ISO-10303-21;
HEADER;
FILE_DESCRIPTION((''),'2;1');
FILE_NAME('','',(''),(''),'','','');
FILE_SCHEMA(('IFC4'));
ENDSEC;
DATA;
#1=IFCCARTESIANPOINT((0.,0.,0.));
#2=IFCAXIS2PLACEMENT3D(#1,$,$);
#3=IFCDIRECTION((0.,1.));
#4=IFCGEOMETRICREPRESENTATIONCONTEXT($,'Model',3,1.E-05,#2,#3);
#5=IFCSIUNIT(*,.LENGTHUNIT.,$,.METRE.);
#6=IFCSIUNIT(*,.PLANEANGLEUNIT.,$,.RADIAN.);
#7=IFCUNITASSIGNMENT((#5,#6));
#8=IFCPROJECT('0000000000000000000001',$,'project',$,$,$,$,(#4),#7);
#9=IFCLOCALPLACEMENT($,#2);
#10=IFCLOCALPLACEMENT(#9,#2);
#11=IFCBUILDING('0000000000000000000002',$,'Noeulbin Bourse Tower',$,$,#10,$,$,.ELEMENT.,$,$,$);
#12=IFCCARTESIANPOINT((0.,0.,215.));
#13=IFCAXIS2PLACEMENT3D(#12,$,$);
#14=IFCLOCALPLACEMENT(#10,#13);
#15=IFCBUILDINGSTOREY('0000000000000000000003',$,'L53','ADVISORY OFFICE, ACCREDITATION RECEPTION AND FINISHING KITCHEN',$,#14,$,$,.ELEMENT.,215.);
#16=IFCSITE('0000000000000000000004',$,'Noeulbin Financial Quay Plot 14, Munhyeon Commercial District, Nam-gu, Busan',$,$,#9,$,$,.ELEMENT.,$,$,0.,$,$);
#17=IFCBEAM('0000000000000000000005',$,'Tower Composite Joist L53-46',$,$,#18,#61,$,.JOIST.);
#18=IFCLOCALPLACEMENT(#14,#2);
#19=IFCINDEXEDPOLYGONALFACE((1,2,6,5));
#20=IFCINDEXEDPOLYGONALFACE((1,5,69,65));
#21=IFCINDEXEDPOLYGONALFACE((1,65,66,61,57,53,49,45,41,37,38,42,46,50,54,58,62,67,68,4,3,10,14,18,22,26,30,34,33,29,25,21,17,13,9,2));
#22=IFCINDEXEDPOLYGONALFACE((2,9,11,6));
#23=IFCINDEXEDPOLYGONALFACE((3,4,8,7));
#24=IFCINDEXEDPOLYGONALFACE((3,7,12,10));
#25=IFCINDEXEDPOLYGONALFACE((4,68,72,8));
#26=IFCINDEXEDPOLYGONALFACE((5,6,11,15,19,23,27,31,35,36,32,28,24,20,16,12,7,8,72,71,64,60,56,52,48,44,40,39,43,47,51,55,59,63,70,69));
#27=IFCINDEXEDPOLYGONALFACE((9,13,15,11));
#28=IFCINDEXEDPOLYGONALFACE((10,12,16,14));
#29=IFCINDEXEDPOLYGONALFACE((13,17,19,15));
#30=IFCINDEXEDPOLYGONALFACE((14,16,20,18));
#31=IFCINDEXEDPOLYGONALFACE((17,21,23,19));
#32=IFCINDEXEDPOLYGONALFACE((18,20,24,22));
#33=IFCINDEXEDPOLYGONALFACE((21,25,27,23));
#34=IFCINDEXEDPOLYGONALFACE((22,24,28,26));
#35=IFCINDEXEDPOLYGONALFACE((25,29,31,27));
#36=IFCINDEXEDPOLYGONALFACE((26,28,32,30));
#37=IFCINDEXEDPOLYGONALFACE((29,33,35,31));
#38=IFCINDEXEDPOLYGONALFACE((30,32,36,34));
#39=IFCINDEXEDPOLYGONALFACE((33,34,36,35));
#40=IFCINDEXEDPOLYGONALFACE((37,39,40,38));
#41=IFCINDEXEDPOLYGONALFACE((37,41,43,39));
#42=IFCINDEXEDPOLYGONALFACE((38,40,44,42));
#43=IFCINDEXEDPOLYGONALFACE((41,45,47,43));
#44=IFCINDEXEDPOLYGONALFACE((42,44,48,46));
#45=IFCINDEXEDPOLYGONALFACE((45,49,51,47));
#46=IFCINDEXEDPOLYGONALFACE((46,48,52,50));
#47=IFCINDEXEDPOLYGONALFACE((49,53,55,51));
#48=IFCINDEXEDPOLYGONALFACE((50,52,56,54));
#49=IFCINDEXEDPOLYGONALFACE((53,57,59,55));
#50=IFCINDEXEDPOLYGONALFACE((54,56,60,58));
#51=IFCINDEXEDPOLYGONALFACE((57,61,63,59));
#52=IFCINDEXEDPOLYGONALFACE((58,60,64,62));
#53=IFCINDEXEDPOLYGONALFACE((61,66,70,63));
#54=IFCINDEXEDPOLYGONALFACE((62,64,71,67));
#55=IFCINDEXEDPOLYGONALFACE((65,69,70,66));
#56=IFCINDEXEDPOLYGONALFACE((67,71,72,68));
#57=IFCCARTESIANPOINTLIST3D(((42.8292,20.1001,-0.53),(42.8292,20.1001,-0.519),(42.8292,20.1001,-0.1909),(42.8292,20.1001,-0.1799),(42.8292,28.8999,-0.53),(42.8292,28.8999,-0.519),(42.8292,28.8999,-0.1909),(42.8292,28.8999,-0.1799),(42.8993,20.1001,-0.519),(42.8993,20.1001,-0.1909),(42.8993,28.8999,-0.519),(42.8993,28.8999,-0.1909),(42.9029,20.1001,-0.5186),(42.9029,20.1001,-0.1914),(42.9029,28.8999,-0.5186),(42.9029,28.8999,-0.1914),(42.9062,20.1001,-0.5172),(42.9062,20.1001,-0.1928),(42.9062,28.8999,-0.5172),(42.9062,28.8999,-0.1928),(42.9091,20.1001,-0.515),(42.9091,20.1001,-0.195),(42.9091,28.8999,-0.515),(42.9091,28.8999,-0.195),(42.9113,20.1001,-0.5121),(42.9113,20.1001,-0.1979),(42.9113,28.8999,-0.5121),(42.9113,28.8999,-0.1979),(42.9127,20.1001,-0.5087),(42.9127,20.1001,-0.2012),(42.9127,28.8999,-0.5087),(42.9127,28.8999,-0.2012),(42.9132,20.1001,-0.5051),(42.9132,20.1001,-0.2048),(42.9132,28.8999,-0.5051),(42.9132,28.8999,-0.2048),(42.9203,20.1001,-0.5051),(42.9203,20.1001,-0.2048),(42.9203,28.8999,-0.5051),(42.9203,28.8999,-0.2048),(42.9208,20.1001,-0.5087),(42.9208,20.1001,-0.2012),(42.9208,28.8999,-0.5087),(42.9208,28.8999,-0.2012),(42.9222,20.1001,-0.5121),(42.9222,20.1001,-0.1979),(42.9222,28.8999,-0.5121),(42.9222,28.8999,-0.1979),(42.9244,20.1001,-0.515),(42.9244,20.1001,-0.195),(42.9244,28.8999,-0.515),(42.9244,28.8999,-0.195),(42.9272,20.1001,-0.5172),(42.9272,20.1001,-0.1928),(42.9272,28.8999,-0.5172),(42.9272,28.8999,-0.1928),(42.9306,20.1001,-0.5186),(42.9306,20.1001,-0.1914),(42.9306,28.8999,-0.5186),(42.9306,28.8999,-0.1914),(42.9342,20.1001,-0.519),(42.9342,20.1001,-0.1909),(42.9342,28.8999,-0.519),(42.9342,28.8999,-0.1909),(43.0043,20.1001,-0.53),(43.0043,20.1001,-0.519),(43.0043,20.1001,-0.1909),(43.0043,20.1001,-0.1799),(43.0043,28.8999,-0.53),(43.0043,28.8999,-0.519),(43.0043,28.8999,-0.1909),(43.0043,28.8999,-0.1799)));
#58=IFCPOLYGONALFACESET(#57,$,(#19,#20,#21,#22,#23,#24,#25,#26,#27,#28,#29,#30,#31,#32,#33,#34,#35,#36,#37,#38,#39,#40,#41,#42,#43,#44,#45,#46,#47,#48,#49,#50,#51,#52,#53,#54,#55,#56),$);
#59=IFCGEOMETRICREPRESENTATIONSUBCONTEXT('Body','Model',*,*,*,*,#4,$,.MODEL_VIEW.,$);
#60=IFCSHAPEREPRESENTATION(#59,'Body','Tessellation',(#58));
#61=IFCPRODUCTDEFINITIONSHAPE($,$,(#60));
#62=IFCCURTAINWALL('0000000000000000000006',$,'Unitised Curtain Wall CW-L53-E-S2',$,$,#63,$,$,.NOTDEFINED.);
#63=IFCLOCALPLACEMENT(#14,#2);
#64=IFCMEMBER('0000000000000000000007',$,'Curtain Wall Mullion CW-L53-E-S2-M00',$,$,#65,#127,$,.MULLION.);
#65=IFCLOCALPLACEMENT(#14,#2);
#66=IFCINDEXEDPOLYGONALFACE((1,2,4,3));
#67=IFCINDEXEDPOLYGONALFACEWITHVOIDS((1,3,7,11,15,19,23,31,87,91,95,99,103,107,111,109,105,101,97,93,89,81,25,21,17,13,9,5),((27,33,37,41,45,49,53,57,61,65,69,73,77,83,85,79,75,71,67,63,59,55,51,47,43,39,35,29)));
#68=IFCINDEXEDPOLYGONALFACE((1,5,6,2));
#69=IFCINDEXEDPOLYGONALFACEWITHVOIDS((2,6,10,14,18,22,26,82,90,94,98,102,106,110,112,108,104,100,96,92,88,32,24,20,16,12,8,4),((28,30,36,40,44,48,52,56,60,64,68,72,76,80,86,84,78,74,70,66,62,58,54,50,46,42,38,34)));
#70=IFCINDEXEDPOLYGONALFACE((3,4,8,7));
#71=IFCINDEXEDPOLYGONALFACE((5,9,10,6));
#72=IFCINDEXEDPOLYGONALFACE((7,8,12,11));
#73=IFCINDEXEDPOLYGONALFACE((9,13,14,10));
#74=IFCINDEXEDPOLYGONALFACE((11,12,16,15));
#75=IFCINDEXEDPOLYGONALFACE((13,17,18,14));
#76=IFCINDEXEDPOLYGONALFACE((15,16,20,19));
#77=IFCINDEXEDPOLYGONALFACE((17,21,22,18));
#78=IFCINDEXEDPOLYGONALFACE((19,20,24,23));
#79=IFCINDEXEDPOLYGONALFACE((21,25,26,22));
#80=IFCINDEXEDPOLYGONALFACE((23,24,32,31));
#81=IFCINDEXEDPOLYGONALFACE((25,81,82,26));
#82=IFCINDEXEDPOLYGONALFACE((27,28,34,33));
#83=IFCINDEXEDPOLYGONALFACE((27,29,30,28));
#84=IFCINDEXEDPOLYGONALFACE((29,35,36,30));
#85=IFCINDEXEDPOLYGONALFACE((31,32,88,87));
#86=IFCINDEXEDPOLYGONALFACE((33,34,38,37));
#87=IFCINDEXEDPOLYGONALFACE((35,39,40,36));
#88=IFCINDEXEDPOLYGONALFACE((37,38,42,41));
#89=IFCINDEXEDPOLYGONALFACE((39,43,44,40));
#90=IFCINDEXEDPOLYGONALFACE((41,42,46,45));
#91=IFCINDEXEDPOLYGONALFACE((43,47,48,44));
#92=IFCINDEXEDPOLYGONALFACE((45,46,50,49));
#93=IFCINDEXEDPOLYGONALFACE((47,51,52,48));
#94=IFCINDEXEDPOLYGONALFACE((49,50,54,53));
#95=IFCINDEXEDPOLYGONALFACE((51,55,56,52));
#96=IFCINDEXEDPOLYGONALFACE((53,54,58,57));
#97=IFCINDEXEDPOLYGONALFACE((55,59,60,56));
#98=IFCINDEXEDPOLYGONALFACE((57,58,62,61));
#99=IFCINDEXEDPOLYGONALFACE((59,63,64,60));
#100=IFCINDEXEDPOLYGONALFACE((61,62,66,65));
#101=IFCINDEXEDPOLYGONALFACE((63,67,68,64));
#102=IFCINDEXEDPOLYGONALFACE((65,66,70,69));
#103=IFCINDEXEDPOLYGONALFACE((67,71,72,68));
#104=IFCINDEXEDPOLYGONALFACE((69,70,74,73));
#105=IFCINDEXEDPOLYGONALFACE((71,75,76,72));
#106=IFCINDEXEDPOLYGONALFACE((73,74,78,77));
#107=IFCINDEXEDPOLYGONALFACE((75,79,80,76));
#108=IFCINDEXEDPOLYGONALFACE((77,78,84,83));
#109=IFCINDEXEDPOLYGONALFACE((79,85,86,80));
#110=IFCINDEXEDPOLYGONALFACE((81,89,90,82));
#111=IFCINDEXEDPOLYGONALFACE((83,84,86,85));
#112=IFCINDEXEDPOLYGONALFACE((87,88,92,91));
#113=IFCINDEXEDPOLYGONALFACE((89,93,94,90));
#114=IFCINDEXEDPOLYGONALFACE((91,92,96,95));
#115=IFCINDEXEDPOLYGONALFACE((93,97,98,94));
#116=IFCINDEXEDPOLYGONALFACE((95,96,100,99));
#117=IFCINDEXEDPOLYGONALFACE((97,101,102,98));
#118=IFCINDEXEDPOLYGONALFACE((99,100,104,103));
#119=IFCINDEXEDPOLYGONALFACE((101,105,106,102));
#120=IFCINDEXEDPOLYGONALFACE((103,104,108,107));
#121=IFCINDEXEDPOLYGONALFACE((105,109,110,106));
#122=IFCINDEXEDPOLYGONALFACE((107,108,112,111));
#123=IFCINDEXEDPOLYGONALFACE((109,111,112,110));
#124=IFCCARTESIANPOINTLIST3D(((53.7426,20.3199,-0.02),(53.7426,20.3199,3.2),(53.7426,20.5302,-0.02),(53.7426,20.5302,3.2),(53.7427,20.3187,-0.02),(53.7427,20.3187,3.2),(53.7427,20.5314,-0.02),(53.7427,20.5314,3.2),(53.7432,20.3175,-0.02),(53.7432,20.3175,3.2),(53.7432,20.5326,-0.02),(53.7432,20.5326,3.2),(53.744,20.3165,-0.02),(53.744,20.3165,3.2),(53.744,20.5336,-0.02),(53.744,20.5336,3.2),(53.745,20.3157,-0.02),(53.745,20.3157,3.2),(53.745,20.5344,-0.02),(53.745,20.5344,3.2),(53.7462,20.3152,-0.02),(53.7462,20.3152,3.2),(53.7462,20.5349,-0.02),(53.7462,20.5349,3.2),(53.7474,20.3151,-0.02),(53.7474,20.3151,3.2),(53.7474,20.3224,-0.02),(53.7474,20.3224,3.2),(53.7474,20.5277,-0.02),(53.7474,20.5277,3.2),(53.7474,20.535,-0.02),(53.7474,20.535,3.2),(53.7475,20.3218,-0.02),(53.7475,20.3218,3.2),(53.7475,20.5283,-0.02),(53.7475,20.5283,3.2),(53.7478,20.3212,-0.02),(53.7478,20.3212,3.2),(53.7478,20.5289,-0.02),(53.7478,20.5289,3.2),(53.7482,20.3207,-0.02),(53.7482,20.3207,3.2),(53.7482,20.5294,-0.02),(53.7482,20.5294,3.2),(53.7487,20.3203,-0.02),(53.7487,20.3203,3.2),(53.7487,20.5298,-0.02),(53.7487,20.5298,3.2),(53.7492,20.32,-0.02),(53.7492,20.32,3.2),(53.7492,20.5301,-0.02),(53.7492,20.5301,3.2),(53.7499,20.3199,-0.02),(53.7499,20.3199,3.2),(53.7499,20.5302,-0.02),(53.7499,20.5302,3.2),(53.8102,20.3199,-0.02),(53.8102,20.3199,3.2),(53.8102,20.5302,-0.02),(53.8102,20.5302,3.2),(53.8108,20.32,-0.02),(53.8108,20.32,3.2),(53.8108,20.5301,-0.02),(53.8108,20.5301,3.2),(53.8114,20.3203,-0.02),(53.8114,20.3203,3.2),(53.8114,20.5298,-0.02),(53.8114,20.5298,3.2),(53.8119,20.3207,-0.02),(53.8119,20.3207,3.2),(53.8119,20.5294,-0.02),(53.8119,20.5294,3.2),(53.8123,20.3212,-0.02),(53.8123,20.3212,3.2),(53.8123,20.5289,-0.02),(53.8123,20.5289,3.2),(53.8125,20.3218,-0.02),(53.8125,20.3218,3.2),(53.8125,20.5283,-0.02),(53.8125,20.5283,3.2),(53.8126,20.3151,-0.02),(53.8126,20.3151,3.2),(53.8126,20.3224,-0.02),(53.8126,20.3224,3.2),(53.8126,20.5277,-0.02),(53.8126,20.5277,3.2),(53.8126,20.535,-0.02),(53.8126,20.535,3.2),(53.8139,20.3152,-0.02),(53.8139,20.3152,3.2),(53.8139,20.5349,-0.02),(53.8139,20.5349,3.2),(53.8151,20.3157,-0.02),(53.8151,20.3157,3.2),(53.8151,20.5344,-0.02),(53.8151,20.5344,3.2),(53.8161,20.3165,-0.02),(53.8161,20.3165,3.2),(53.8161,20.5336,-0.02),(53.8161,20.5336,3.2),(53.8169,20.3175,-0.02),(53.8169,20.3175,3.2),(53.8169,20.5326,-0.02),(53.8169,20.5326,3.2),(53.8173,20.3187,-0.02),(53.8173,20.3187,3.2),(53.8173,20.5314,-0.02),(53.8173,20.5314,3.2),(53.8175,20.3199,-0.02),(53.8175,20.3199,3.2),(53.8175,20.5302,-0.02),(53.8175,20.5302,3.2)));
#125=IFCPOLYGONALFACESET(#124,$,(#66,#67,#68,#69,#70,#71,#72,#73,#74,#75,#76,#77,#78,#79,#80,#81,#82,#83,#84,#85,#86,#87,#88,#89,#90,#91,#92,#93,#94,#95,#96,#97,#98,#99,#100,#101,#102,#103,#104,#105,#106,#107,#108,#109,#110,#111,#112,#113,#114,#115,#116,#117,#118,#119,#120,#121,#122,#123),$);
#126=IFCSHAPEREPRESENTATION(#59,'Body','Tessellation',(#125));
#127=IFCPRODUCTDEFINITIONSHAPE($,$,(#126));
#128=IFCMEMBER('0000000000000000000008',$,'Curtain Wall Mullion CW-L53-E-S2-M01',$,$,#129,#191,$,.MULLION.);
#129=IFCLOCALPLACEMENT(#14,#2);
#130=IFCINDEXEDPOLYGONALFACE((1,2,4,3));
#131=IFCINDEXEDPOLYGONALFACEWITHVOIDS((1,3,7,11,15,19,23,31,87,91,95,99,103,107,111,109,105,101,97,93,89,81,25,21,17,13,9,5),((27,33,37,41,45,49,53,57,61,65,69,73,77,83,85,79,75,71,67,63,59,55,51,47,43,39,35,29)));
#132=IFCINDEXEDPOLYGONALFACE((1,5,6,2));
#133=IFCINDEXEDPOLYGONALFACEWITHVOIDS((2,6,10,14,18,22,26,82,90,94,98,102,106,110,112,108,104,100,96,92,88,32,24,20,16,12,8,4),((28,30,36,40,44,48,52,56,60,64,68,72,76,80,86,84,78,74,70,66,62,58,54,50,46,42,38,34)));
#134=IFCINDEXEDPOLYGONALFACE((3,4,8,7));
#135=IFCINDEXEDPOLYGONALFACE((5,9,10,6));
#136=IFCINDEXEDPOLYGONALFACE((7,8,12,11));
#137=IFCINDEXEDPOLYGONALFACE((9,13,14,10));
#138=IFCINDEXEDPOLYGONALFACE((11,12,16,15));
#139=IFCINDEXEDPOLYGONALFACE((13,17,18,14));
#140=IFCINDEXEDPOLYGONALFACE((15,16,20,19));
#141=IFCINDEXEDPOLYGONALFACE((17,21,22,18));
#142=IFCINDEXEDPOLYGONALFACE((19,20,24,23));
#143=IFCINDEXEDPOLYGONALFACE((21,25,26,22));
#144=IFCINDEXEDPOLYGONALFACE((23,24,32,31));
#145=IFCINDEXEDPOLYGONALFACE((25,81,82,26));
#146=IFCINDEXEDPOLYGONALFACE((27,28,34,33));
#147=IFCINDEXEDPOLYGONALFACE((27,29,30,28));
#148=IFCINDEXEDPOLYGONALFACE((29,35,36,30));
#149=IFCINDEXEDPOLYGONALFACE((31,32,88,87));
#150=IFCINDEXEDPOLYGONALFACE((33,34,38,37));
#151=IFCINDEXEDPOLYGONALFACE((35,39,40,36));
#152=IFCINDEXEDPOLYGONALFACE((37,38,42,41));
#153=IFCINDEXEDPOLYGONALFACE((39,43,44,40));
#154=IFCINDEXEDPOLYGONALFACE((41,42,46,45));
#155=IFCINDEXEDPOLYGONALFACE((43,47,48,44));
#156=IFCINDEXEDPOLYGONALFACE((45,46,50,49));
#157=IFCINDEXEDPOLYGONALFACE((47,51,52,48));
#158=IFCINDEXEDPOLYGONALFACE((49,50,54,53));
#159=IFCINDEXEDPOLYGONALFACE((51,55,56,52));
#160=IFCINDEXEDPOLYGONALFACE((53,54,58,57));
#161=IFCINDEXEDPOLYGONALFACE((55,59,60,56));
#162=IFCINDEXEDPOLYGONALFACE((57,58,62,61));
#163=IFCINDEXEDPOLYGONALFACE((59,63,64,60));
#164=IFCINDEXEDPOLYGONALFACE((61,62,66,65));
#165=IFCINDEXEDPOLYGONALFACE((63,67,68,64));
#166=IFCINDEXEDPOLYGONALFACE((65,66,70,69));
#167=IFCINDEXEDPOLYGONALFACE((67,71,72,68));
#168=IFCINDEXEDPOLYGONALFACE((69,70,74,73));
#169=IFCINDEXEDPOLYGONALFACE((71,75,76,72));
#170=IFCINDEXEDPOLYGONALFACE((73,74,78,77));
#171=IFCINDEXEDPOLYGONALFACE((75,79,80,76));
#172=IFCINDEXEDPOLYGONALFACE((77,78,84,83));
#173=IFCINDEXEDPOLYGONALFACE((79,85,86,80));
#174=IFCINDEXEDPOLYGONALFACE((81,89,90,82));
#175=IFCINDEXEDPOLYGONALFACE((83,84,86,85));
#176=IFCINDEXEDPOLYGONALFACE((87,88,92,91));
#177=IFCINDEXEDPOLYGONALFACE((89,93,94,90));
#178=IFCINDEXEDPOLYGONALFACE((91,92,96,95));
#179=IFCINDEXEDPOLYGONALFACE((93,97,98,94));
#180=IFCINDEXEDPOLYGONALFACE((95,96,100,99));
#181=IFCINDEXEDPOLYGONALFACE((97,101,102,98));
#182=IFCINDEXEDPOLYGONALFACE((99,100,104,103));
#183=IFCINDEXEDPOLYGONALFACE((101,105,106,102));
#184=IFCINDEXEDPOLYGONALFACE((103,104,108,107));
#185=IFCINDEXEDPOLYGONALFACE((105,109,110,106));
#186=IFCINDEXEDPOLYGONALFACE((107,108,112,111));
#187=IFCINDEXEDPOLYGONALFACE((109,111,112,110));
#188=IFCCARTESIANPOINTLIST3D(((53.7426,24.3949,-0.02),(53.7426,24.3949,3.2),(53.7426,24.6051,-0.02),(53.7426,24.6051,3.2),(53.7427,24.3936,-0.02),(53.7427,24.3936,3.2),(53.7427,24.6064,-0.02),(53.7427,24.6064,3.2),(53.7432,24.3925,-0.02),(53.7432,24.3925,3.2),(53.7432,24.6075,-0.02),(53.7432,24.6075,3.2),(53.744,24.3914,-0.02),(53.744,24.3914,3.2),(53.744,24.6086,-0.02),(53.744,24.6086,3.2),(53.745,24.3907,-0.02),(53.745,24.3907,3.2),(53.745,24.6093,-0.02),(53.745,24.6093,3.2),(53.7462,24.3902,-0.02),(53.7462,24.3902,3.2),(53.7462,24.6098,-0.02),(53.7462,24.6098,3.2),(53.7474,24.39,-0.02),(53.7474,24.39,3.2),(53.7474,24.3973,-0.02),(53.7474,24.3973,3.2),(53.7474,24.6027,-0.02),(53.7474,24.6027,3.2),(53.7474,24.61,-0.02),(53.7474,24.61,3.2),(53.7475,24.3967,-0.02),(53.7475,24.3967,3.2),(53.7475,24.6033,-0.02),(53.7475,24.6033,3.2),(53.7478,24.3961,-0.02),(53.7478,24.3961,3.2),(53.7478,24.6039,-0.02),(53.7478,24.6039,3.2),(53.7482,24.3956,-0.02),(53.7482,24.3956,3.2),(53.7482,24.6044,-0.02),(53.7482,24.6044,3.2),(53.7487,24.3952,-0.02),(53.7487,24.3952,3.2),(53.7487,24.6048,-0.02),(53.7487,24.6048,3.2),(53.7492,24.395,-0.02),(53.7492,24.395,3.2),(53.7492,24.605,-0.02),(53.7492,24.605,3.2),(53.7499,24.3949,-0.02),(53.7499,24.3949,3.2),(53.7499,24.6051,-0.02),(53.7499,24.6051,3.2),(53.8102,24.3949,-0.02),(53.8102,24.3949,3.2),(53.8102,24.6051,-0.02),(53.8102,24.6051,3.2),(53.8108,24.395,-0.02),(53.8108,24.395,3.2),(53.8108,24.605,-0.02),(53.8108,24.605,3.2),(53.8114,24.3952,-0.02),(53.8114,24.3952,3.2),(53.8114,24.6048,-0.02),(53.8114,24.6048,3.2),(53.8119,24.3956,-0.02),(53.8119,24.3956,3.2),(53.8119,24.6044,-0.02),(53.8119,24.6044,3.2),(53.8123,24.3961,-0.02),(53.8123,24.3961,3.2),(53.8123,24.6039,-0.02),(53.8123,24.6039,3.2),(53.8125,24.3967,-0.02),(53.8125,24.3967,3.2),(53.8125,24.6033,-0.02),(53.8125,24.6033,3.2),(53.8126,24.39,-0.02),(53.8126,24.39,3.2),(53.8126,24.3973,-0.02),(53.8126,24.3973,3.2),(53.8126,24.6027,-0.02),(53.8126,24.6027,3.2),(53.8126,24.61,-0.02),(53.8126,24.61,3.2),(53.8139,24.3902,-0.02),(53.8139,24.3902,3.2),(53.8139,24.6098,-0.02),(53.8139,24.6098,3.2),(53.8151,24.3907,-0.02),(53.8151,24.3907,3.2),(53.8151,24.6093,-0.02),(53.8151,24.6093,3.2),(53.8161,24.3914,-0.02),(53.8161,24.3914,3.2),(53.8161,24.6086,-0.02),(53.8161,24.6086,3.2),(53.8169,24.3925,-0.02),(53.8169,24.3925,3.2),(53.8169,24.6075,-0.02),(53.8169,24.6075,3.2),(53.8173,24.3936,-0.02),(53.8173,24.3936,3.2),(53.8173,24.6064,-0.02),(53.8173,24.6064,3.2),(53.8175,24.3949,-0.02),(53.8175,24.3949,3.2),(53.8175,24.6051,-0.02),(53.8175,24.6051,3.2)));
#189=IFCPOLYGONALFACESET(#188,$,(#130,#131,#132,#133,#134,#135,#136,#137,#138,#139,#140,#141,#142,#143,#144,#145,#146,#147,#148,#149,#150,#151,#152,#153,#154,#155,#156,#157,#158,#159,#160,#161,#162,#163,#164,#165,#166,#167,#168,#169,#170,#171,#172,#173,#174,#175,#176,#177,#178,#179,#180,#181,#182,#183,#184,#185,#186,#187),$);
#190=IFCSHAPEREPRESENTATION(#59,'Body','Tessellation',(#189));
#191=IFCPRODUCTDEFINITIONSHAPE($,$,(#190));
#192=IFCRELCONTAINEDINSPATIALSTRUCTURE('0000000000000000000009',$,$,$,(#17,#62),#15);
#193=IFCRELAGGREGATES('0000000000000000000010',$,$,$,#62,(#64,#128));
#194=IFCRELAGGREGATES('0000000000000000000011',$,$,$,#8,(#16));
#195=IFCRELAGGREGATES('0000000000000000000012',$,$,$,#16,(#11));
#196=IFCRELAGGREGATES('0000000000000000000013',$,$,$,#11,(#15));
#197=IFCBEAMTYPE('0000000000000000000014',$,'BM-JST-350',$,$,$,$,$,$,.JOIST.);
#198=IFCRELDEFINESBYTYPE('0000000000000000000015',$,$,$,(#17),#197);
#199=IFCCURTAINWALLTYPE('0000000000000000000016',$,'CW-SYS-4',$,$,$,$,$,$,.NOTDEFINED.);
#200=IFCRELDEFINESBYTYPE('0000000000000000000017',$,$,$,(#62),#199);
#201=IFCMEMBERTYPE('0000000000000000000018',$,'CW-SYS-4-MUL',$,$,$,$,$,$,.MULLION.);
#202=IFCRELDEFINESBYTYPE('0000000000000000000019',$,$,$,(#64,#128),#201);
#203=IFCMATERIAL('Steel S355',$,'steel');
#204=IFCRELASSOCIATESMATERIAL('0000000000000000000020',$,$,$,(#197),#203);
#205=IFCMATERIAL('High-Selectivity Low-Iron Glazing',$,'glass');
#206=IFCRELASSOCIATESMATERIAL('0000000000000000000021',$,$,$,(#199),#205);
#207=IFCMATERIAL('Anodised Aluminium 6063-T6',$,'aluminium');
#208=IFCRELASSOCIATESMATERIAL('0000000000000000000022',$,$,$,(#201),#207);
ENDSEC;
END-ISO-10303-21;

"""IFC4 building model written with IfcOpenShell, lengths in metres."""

from ifc_helpers import new_model, si_unit, direction, frame, origin, origin_2d, place, context, subcontext, project, spatial, hollow_rectangle, i_section, extrude, material, material_profile, profile_set, type_object, element, aggregate, save


model = new_model("IFC4")

# Units and contexts
model_context = context("Model", 3, precision=1e-05, world=origin(), true_north=direction((0.0, 1.0)))
body_context = subcontext(model_context, "Body", "Model", "MODEL_VIEW")
ifc_project = project(units=[si_unit("LENGTHUNIT", "METRE"), si_unit("PLANEANGLEUNIT", "RADIAN")], contexts=[model_context])

# Site, building, storey
site_placement = place(None, origin())
site = spatial("IfcSite", under=ifc_project, at=site_placement, Name="Noeulbin Financial Quay Plot 14, Munhyeon Commercial District, Nam-gu, Busan", CompositionType="ELEMENT", RefElevation=0.0)
building_placement = place(site_placement, origin())
building = spatial("IfcBuilding", under=site, at=building_placement, Name="Noeulbin Bourse Tower", CompositionType="ELEMENT")
storey_placement = place(building_placement, frame((0.0, 0.0, 215.0)))
storey = spatial("IfcBuildingStorey", under=building, at=storey_placement, Name="L53", Description="ADVISORY OFFICE, ACCREDITATION RECEPTION AND FINISHING KITCHEN", CompositionType="ELEMENT", Elevation=215.0)

# Shared definitions
ifc_material_1 = material(Name="Steel S355", Category="steel")

# Beam
ifc_material_profile_1 = material_profile(ifc_material_1, i_section(OverallWidth=0.175, OverallDepth=0.3501, WebThickness=0.0071, FlangeThickness=0.011, FilletRadius=0.0139, at=origin_2d()), Name="H-350x175x7x11", Category="LoadBearing")
ifc_profile_set_1 = profile_set([ifc_material_profile_1], Name="Steel S355")
beam_type_1 = type_object("IfcBeamType", Name="BM-JST-350", PredefinedType="JOIST", material=ifc_profile_set_1)
beam_1_placement = place(storey_placement, frame((42.9167, 20.1001, -0.355), z_axis=(0.0, 1.0, 0.0), x_axis=(-1.0, 0.0, 0.0)))
element("IfcBeam", 1, at=beam_1_placement, inside=storey, type_object=beam_type_1, Name="Tower Composite Joist L53-46", PredefinedType="JOIST", context=body_context, shape_type="SweptSolid", body=[
    extrude(i_section(OverallWidth=0.175, OverallDepth=0.3501, WebThickness=0.0071, FlangeThickness=0.011, FilletRadius=0.0139, at=origin_2d()), origin(), (0.0, 0.0, 1.0), 8.7998),
])

# Curtain wall, members
ifc_material_2 = material(Name="High-Selectivity Low-Iron Glazing", Category="glass")
curtain_wall_type = type_object("IfcCurtainWallType", Name="CW-SYS-4", PredefinedType="NOTDEFINED", material=ifc_material_2)
curtain_wall_1_placement = place(storey_placement, origin())
curtain_wall_1 = element("IfcCurtainWall", 2, at=curtain_wall_1_placement, inside=storey, type_object=curtain_wall_type, Name="Unitised Curtain Wall CW-L53-E-S2", PredefinedType="NOTDEFINED")
ifc_material_3 = material(Name="Anodised Aluminium 6063-T6", Category="aluminium")
ifc_material_profile_2 = material_profile(ifc_material_3, hollow_rectangle(XDim=0.075, YDim=0.22, WallThickness=0.0049, InnerFilletRadius=0.0024, OuterFilletRadius=0.0049, at=origin_2d()), Name="ALU-MULL-75x220x5", Category="LoadBearing")
ifc_profile_set_2 = profile_set([ifc_material_profile_2], Name="Anodised Aluminium 6063-T6")
member_type_1 = type_object("IfcMemberType", Name="CW-SYS-4-MUL", PredefinedType="MULLION", material=ifc_profile_set_2)
member_1_placement = place(storey_placement, frame((53.78, 20.425, -0.02), z_axis=(0.0, 0.0, 1.0), x_axis=(1.0, 0.0, 0.0)))
member_1 = element("IfcMember", 3, at=member_1_placement, type_object=member_type_1, Name="Curtain Wall Mullion CW-L53-E-S2-M00", PredefinedType="MULLION", context=body_context, shape_type="SweptSolid", body=[
    extrude(hollow_rectangle(XDim=0.075, YDim=0.22, WallThickness=0.0049, InnerFilletRadius=0.0024, OuterFilletRadius=0.0049, at=origin_2d()), origin(), (0.0, 0.0, 1.0), 3.22),
])
member_2_placement = place(storey_placement, frame((53.78, 24.5, -0.02), z_axis=(0.0, 0.0, 1.0), x_axis=(1.0, 0.0, 0.0)))
member_2 = element("IfcMember", 4, at=member_2_placement, type_object=member_type_1, Name="Curtain Wall Mullion CW-L53-E-S2-M01", PredefinedType="MULLION", context=body_context, shape_type="SweptSolid", body=[
    extrude(hollow_rectangle(XDim=0.075, YDim=0.22, WallThickness=0.0049, InnerFilletRadius=0.0024, OuterFilletRadius=0.0049, at=origin_2d()), origin(), (0.0, 0.0, 1.0), 3.22),
])

aggregate(curtain_wall_1, [member_1, member_2])

save(model, "model.ifc")
